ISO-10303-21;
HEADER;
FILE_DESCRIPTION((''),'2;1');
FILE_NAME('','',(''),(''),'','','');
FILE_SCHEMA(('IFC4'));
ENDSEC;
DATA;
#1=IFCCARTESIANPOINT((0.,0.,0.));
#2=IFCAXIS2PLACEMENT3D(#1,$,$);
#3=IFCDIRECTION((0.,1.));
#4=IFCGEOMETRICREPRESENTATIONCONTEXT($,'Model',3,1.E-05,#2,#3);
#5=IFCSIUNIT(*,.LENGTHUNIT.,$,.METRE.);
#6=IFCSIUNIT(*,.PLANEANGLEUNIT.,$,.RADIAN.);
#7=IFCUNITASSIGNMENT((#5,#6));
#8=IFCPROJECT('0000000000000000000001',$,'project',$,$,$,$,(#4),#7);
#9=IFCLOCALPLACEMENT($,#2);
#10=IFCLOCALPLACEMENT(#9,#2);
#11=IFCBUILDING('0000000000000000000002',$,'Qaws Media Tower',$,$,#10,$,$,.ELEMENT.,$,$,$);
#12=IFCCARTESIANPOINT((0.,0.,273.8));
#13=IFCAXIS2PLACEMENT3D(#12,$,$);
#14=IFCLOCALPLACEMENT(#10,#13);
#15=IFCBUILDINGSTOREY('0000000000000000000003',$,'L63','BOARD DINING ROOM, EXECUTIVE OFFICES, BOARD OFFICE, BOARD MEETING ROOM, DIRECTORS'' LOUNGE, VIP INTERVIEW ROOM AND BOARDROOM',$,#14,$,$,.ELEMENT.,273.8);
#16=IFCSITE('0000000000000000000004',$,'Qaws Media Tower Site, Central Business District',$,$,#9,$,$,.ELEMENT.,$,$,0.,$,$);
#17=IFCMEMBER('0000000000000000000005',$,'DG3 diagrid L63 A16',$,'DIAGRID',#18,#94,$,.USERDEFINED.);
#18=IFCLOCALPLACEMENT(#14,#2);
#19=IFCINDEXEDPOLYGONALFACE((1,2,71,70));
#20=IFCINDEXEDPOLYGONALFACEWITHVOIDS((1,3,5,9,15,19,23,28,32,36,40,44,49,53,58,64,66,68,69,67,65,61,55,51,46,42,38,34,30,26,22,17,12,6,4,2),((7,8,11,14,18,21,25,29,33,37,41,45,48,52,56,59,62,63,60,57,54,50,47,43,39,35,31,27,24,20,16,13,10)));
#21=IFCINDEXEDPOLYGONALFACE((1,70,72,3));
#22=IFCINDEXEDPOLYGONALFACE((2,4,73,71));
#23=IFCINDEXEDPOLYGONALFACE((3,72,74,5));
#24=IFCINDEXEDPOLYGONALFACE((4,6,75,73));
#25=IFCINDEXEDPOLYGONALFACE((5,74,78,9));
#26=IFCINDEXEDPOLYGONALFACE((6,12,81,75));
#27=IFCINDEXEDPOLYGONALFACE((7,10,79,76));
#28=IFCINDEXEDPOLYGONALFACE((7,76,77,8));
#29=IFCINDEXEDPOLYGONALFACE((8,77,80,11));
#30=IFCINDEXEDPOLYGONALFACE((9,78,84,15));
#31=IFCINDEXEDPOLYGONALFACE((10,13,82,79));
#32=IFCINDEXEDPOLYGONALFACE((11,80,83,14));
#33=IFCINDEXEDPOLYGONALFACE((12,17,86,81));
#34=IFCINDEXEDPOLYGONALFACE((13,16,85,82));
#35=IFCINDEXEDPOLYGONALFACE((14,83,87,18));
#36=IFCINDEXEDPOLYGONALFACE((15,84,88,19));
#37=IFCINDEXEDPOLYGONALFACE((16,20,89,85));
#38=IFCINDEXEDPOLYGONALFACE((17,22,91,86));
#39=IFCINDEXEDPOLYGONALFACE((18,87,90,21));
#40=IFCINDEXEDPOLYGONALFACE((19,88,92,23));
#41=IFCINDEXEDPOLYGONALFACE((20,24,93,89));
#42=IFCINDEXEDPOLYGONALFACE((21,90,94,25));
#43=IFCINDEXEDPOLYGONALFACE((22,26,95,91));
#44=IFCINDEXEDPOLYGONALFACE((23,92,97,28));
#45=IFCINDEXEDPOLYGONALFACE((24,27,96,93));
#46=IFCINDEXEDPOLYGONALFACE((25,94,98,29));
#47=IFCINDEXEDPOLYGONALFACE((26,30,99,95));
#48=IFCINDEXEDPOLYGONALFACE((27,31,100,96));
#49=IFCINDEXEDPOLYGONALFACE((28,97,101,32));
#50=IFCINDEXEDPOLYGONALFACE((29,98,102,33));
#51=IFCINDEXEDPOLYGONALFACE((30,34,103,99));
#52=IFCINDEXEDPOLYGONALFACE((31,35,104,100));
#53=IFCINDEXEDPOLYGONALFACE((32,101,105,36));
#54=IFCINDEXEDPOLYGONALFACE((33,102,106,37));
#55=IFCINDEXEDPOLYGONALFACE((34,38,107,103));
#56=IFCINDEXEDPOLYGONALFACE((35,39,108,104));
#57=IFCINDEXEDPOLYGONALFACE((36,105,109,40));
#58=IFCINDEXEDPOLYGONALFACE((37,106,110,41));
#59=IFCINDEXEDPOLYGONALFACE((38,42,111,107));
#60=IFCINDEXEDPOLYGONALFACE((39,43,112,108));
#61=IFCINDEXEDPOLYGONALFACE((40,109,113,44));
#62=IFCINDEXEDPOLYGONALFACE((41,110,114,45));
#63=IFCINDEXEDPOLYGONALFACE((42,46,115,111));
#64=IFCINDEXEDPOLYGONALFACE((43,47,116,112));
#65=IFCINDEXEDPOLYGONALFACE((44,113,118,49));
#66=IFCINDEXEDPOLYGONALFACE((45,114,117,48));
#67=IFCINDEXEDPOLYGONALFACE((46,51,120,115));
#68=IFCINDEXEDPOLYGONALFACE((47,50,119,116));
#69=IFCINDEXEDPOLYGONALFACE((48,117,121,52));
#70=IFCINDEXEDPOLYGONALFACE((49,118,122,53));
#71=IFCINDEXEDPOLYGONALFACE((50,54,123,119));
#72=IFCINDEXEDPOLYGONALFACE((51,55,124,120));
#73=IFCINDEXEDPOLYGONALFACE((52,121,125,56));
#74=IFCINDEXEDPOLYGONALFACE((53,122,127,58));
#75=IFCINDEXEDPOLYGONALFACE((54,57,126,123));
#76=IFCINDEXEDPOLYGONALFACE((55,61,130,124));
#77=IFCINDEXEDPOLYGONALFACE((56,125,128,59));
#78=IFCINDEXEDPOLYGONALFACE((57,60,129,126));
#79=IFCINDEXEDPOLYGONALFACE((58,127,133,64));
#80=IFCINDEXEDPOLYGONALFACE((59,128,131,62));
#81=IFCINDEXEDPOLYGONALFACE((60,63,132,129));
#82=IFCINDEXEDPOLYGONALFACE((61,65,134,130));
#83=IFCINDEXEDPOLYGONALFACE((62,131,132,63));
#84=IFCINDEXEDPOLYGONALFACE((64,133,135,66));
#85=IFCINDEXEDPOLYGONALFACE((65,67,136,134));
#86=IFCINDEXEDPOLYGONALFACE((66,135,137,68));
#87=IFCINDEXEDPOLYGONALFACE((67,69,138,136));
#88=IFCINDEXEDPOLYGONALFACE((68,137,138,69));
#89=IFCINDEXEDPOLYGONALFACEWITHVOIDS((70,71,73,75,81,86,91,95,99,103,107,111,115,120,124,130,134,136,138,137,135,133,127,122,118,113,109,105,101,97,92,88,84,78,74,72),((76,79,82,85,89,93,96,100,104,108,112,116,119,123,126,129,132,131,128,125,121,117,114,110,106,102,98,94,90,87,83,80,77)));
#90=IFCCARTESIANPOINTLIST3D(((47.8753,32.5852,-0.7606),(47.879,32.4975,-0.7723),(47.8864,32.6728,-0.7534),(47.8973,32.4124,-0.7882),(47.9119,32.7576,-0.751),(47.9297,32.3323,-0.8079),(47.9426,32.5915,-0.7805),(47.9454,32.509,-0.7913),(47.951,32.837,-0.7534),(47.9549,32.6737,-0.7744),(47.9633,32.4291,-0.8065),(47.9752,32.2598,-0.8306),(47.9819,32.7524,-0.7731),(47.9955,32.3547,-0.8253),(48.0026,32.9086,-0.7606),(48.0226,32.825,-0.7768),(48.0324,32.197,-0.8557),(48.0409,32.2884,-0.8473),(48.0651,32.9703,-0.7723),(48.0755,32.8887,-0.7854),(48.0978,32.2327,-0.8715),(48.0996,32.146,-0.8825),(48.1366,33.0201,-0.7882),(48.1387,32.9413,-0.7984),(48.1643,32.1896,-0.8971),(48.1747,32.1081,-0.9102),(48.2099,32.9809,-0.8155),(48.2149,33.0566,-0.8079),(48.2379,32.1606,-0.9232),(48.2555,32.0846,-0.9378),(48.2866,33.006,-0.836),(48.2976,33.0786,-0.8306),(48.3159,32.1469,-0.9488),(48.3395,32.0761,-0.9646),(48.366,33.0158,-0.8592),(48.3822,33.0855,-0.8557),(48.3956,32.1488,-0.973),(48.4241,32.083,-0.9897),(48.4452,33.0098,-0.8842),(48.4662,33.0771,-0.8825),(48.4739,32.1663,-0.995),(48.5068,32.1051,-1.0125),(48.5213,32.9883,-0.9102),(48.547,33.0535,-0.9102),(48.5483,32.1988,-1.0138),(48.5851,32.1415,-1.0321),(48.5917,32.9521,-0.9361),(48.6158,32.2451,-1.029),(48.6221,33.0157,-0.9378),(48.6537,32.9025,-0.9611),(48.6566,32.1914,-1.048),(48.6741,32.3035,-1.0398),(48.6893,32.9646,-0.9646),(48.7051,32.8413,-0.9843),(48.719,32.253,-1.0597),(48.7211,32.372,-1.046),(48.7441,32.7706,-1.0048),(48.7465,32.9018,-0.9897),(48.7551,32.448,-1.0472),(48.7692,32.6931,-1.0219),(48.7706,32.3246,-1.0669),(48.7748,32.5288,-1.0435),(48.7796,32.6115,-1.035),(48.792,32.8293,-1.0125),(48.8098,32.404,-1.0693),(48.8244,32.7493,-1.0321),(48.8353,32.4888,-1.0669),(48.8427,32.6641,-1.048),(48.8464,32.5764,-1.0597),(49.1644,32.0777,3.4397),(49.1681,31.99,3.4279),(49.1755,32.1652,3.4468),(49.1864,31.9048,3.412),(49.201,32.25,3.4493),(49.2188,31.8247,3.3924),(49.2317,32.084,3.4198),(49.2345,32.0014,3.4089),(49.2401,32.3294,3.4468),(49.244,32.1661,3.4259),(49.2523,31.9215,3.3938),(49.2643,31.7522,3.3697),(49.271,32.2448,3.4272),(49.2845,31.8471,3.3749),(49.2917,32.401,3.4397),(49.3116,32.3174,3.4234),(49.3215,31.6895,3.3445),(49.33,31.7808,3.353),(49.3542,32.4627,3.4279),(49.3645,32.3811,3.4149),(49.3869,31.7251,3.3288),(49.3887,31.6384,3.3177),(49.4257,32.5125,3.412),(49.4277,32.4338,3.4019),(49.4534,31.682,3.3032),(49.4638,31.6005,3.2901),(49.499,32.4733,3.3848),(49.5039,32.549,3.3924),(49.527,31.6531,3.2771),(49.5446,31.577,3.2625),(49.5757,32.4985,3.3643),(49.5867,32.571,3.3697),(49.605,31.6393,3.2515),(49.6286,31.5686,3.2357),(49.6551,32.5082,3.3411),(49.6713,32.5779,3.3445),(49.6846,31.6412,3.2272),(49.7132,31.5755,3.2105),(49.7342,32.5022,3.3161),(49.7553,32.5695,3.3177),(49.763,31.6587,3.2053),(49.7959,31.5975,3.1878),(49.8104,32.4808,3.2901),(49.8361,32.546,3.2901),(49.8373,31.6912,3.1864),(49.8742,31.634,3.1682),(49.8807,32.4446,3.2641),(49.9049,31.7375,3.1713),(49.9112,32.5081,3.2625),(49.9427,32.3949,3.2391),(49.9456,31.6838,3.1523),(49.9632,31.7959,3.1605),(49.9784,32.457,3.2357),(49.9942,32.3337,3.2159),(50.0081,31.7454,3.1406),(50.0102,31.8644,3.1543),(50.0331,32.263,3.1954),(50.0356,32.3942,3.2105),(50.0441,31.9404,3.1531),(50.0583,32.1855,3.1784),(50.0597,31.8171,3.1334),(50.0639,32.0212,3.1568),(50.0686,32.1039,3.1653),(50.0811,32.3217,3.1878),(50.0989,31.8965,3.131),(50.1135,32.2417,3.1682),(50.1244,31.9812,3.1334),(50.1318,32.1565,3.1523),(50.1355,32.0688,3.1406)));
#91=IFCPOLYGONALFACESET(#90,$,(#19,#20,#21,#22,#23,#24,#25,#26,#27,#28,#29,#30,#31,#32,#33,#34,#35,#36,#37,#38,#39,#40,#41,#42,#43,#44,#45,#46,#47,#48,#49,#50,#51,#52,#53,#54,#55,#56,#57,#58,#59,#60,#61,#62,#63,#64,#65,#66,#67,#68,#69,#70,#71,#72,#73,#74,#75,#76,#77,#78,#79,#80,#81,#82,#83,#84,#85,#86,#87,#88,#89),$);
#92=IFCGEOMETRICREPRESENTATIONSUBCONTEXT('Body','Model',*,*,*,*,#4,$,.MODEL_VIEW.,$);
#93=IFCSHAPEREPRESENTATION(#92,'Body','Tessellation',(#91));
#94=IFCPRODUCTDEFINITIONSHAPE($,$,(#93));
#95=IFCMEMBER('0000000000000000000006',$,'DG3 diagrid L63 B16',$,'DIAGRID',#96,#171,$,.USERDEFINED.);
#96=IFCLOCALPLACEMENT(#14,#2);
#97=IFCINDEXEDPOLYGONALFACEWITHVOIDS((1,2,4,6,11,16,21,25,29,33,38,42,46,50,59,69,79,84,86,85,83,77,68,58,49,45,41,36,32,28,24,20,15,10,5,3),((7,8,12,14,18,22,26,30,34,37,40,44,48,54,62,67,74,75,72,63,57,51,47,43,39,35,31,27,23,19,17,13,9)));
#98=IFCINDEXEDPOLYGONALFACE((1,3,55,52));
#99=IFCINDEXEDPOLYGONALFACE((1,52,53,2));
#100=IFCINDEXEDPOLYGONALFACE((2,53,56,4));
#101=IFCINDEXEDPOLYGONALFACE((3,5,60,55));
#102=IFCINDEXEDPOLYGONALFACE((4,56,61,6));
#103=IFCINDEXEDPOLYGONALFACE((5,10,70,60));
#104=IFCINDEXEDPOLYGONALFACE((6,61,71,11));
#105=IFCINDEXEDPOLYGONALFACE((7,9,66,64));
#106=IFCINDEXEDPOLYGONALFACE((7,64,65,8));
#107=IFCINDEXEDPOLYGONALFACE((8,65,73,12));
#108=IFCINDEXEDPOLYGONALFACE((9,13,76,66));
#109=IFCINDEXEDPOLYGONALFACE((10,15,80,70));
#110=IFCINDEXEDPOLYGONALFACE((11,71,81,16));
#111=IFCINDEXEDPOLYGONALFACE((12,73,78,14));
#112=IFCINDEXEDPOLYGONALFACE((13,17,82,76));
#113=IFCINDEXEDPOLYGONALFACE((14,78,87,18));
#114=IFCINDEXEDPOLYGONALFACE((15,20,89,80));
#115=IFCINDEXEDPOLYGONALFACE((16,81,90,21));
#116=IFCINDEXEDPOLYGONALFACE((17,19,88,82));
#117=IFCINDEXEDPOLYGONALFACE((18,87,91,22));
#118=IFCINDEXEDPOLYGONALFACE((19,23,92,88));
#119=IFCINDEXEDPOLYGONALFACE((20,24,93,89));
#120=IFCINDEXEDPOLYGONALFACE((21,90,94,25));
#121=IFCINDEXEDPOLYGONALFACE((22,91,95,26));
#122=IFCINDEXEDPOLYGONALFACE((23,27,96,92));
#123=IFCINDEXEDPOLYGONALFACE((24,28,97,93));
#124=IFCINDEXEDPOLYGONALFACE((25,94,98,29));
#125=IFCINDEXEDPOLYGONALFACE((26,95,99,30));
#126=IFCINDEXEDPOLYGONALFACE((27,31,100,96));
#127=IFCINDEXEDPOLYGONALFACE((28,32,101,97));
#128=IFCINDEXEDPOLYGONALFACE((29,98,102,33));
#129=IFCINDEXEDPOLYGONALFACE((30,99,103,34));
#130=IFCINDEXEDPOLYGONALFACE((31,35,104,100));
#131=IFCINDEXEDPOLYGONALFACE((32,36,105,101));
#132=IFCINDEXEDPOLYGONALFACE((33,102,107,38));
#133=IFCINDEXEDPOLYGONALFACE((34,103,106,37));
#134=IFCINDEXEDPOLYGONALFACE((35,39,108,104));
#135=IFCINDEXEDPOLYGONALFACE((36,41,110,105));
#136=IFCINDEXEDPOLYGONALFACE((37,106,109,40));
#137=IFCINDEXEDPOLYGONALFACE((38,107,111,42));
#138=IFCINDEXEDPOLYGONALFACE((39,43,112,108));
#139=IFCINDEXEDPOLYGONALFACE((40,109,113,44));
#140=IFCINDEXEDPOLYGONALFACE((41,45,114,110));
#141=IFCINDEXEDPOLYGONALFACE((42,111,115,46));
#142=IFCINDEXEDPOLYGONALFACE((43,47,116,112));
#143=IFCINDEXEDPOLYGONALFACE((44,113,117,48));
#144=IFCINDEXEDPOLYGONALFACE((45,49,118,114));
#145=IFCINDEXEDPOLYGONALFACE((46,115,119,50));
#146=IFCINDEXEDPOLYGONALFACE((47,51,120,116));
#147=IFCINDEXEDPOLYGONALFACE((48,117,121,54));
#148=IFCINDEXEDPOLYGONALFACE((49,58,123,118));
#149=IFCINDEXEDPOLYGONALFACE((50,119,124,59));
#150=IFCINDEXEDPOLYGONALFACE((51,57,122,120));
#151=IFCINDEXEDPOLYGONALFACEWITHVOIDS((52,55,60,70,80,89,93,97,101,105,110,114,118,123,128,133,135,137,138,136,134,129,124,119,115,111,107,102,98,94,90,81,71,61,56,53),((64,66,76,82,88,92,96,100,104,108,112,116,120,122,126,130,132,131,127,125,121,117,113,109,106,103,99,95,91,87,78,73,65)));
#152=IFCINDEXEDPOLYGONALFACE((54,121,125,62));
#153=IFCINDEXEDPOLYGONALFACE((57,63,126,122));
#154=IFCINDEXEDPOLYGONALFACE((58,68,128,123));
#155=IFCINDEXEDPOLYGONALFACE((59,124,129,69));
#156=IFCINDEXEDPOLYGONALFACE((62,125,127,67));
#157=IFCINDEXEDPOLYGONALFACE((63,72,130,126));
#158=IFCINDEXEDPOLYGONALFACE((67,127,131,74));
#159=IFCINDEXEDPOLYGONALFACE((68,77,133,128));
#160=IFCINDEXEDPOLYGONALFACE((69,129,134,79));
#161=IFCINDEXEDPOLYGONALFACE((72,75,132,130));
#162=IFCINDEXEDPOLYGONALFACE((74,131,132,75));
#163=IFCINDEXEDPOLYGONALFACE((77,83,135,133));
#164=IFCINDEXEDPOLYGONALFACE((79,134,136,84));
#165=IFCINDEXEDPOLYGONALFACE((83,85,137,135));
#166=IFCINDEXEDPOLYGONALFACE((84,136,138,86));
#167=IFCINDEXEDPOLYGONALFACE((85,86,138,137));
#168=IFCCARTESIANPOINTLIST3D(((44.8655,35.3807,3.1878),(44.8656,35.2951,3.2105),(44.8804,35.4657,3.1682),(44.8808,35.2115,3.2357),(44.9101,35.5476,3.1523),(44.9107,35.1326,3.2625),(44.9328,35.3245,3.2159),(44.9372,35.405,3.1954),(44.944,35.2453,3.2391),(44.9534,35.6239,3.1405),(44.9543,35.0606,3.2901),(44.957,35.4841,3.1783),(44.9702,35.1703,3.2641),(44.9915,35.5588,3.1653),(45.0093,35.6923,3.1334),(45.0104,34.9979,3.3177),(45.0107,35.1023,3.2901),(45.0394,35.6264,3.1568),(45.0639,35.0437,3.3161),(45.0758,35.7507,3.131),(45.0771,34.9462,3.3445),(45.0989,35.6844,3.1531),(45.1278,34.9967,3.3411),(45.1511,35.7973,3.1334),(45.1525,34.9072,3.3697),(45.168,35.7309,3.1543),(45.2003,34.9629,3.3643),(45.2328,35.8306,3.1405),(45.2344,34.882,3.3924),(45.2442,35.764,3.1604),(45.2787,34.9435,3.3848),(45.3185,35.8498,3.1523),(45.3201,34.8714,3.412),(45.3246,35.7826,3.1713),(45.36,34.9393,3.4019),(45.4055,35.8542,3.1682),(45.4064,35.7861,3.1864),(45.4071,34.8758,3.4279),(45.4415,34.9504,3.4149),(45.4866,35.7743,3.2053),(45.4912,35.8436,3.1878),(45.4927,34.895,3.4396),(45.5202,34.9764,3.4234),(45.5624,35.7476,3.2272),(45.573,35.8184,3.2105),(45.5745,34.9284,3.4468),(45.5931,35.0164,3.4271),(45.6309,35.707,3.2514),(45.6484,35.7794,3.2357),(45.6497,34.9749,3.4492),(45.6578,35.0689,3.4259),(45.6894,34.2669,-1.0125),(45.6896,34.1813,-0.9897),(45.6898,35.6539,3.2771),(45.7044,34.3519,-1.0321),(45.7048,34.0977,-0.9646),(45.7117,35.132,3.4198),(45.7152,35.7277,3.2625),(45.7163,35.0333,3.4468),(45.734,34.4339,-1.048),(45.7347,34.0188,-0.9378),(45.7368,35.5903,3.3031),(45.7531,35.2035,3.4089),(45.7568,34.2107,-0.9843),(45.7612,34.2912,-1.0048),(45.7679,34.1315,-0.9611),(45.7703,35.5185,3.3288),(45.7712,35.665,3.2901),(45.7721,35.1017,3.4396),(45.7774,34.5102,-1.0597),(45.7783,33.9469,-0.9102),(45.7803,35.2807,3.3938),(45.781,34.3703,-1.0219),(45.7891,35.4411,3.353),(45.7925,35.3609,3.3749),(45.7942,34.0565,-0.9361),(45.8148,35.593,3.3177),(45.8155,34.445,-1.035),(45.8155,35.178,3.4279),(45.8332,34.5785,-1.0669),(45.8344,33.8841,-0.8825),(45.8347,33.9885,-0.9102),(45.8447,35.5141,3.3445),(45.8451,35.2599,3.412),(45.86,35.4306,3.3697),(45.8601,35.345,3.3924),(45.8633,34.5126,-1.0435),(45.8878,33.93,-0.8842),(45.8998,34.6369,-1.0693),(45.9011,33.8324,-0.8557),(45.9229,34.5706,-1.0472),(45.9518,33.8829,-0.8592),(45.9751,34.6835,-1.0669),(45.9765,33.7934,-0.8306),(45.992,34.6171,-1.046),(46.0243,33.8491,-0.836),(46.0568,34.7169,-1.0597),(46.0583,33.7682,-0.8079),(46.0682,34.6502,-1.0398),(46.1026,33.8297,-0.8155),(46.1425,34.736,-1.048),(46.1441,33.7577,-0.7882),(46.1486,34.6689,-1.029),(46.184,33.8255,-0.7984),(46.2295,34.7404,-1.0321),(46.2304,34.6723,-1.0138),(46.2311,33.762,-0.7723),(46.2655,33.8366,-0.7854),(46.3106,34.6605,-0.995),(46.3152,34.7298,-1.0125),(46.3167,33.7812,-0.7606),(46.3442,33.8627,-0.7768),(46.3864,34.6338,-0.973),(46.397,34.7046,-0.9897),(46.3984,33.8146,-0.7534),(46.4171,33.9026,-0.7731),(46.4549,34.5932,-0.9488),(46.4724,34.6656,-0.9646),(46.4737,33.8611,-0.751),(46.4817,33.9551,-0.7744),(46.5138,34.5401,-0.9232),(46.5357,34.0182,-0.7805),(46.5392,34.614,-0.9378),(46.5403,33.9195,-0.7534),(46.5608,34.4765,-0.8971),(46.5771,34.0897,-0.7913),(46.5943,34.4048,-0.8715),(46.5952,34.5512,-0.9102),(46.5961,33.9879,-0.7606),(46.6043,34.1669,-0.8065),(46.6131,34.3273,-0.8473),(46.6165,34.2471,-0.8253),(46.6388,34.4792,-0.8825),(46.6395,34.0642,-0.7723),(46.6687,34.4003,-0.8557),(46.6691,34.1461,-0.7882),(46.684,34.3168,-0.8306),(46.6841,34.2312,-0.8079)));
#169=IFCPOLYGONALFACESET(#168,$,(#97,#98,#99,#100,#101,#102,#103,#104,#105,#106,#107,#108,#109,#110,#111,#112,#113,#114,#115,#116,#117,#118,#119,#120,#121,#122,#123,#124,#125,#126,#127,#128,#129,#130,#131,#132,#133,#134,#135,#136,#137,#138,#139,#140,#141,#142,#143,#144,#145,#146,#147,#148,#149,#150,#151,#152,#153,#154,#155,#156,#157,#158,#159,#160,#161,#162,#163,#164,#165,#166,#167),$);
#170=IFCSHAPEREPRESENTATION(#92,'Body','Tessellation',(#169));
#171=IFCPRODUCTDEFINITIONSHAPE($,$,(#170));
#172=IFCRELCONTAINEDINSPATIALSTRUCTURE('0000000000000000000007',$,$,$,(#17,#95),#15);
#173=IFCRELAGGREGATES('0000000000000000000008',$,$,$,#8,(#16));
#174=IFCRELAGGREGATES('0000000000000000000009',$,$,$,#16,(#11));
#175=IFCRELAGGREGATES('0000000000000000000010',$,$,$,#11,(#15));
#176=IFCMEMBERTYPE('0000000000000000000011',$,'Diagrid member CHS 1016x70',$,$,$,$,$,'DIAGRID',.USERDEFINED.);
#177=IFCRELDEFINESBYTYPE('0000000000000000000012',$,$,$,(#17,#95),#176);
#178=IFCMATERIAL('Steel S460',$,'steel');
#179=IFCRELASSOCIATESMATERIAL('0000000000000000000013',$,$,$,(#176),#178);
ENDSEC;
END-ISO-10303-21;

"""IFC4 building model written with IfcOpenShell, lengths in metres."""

from ifc_helpers import new_model, si_unit, direction, frame, origin, origin_2d, place, context, subcontext, project, spatial, hollow_circle, extrude, material, material_profile, profile_set, type_object, element, save


model = new_model("IFC4")

# Units and contexts
model_context = context("Model", 3, precision=1e-05, world=origin(), true_north=direction((0.0, 1.0)))
body_context = subcontext(model_context, "Body", "Model", "MODEL_VIEW")
ifc_project = project(units=[si_unit("LENGTHUNIT", "METRE"), si_unit("PLANEANGLEUNIT", "RADIAN")], contexts=[model_context])

# Site, building, storey
site_placement = place(None, origin())
site = spatial("IfcSite", under=ifc_project, at=site_placement, Name="Qaws Media Tower Site, Central Business District", CompositionType="ELEMENT", RefElevation=0.0)
building_placement = place(site_placement, origin())
building = spatial("IfcBuilding", under=site, at=building_placement, Name="Qaws Media Tower", CompositionType="ELEMENT")
storey_placement = place(building_placement, frame((0.0, 0.0, 273.8)))
storey = spatial("IfcBuildingStorey", under=building, at=storey_placement, Name="L63", Description="BOARD DINING ROOM, EXECUTIVE OFFICES, BOARD OFFICE, BOARD MEETING ROOM, DIRECTORS' LOUNGE, VIP INTERVIEW ROOM AND BOARDROOM", CompositionType="ELEMENT", Elevation=273.8)

# Members
ifc_material_1 = material(Name="Steel S460", Category="steel")
ifc_material_profile_1 = material_profile(ifc_material_1, hollow_circle(Radius=0.5081, WallThickness=0.0701, at=origin_2d()), Name="CHS 1016x70")
ifc_profile_set_1 = profile_set([ifc_material_profile_1], Name="Steel S460")
member_type_1 = type_object("IfcMemberType", Name="Diagrid member CHS 1016x70", ElementType="DIAGRID", PredefinedType="USERDEFINED", material=ifc_profile_set_1)
for number, where, z_axis, x_axis, name in (
    (1, (48.3608, 32.5808, -0.9102), (0.29146, -0.114762, 0.949674), (0.366372, 0.930468, 0.0), "DG3 diagrid L63 A16"),
    (2, (46.1868, 34.249, -0.9102), (-0.186302, 0.251825, 0.949671), (-0.803916, -0.594743, 0.0), "DG3 diagrid L63 B16"),
):
    element("IfcMember", number, at=place(storey_placement, frame(where, z_axis=z_axis, x_axis=x_axis)), inside=storey, type_object=member_type_1, Name=name, ObjectType="DIAGRID", PredefinedType="USERDEFINED", context=body_context, shape_type="SweptSolid", body=[
        extrude(hollow_circle(Radius=0.5081, WallThickness=0.0701, at=origin_2d()), origin(), (0.0, 0.0, 1.0), 4.4229),
    ])

save(model, "model.ifc")
